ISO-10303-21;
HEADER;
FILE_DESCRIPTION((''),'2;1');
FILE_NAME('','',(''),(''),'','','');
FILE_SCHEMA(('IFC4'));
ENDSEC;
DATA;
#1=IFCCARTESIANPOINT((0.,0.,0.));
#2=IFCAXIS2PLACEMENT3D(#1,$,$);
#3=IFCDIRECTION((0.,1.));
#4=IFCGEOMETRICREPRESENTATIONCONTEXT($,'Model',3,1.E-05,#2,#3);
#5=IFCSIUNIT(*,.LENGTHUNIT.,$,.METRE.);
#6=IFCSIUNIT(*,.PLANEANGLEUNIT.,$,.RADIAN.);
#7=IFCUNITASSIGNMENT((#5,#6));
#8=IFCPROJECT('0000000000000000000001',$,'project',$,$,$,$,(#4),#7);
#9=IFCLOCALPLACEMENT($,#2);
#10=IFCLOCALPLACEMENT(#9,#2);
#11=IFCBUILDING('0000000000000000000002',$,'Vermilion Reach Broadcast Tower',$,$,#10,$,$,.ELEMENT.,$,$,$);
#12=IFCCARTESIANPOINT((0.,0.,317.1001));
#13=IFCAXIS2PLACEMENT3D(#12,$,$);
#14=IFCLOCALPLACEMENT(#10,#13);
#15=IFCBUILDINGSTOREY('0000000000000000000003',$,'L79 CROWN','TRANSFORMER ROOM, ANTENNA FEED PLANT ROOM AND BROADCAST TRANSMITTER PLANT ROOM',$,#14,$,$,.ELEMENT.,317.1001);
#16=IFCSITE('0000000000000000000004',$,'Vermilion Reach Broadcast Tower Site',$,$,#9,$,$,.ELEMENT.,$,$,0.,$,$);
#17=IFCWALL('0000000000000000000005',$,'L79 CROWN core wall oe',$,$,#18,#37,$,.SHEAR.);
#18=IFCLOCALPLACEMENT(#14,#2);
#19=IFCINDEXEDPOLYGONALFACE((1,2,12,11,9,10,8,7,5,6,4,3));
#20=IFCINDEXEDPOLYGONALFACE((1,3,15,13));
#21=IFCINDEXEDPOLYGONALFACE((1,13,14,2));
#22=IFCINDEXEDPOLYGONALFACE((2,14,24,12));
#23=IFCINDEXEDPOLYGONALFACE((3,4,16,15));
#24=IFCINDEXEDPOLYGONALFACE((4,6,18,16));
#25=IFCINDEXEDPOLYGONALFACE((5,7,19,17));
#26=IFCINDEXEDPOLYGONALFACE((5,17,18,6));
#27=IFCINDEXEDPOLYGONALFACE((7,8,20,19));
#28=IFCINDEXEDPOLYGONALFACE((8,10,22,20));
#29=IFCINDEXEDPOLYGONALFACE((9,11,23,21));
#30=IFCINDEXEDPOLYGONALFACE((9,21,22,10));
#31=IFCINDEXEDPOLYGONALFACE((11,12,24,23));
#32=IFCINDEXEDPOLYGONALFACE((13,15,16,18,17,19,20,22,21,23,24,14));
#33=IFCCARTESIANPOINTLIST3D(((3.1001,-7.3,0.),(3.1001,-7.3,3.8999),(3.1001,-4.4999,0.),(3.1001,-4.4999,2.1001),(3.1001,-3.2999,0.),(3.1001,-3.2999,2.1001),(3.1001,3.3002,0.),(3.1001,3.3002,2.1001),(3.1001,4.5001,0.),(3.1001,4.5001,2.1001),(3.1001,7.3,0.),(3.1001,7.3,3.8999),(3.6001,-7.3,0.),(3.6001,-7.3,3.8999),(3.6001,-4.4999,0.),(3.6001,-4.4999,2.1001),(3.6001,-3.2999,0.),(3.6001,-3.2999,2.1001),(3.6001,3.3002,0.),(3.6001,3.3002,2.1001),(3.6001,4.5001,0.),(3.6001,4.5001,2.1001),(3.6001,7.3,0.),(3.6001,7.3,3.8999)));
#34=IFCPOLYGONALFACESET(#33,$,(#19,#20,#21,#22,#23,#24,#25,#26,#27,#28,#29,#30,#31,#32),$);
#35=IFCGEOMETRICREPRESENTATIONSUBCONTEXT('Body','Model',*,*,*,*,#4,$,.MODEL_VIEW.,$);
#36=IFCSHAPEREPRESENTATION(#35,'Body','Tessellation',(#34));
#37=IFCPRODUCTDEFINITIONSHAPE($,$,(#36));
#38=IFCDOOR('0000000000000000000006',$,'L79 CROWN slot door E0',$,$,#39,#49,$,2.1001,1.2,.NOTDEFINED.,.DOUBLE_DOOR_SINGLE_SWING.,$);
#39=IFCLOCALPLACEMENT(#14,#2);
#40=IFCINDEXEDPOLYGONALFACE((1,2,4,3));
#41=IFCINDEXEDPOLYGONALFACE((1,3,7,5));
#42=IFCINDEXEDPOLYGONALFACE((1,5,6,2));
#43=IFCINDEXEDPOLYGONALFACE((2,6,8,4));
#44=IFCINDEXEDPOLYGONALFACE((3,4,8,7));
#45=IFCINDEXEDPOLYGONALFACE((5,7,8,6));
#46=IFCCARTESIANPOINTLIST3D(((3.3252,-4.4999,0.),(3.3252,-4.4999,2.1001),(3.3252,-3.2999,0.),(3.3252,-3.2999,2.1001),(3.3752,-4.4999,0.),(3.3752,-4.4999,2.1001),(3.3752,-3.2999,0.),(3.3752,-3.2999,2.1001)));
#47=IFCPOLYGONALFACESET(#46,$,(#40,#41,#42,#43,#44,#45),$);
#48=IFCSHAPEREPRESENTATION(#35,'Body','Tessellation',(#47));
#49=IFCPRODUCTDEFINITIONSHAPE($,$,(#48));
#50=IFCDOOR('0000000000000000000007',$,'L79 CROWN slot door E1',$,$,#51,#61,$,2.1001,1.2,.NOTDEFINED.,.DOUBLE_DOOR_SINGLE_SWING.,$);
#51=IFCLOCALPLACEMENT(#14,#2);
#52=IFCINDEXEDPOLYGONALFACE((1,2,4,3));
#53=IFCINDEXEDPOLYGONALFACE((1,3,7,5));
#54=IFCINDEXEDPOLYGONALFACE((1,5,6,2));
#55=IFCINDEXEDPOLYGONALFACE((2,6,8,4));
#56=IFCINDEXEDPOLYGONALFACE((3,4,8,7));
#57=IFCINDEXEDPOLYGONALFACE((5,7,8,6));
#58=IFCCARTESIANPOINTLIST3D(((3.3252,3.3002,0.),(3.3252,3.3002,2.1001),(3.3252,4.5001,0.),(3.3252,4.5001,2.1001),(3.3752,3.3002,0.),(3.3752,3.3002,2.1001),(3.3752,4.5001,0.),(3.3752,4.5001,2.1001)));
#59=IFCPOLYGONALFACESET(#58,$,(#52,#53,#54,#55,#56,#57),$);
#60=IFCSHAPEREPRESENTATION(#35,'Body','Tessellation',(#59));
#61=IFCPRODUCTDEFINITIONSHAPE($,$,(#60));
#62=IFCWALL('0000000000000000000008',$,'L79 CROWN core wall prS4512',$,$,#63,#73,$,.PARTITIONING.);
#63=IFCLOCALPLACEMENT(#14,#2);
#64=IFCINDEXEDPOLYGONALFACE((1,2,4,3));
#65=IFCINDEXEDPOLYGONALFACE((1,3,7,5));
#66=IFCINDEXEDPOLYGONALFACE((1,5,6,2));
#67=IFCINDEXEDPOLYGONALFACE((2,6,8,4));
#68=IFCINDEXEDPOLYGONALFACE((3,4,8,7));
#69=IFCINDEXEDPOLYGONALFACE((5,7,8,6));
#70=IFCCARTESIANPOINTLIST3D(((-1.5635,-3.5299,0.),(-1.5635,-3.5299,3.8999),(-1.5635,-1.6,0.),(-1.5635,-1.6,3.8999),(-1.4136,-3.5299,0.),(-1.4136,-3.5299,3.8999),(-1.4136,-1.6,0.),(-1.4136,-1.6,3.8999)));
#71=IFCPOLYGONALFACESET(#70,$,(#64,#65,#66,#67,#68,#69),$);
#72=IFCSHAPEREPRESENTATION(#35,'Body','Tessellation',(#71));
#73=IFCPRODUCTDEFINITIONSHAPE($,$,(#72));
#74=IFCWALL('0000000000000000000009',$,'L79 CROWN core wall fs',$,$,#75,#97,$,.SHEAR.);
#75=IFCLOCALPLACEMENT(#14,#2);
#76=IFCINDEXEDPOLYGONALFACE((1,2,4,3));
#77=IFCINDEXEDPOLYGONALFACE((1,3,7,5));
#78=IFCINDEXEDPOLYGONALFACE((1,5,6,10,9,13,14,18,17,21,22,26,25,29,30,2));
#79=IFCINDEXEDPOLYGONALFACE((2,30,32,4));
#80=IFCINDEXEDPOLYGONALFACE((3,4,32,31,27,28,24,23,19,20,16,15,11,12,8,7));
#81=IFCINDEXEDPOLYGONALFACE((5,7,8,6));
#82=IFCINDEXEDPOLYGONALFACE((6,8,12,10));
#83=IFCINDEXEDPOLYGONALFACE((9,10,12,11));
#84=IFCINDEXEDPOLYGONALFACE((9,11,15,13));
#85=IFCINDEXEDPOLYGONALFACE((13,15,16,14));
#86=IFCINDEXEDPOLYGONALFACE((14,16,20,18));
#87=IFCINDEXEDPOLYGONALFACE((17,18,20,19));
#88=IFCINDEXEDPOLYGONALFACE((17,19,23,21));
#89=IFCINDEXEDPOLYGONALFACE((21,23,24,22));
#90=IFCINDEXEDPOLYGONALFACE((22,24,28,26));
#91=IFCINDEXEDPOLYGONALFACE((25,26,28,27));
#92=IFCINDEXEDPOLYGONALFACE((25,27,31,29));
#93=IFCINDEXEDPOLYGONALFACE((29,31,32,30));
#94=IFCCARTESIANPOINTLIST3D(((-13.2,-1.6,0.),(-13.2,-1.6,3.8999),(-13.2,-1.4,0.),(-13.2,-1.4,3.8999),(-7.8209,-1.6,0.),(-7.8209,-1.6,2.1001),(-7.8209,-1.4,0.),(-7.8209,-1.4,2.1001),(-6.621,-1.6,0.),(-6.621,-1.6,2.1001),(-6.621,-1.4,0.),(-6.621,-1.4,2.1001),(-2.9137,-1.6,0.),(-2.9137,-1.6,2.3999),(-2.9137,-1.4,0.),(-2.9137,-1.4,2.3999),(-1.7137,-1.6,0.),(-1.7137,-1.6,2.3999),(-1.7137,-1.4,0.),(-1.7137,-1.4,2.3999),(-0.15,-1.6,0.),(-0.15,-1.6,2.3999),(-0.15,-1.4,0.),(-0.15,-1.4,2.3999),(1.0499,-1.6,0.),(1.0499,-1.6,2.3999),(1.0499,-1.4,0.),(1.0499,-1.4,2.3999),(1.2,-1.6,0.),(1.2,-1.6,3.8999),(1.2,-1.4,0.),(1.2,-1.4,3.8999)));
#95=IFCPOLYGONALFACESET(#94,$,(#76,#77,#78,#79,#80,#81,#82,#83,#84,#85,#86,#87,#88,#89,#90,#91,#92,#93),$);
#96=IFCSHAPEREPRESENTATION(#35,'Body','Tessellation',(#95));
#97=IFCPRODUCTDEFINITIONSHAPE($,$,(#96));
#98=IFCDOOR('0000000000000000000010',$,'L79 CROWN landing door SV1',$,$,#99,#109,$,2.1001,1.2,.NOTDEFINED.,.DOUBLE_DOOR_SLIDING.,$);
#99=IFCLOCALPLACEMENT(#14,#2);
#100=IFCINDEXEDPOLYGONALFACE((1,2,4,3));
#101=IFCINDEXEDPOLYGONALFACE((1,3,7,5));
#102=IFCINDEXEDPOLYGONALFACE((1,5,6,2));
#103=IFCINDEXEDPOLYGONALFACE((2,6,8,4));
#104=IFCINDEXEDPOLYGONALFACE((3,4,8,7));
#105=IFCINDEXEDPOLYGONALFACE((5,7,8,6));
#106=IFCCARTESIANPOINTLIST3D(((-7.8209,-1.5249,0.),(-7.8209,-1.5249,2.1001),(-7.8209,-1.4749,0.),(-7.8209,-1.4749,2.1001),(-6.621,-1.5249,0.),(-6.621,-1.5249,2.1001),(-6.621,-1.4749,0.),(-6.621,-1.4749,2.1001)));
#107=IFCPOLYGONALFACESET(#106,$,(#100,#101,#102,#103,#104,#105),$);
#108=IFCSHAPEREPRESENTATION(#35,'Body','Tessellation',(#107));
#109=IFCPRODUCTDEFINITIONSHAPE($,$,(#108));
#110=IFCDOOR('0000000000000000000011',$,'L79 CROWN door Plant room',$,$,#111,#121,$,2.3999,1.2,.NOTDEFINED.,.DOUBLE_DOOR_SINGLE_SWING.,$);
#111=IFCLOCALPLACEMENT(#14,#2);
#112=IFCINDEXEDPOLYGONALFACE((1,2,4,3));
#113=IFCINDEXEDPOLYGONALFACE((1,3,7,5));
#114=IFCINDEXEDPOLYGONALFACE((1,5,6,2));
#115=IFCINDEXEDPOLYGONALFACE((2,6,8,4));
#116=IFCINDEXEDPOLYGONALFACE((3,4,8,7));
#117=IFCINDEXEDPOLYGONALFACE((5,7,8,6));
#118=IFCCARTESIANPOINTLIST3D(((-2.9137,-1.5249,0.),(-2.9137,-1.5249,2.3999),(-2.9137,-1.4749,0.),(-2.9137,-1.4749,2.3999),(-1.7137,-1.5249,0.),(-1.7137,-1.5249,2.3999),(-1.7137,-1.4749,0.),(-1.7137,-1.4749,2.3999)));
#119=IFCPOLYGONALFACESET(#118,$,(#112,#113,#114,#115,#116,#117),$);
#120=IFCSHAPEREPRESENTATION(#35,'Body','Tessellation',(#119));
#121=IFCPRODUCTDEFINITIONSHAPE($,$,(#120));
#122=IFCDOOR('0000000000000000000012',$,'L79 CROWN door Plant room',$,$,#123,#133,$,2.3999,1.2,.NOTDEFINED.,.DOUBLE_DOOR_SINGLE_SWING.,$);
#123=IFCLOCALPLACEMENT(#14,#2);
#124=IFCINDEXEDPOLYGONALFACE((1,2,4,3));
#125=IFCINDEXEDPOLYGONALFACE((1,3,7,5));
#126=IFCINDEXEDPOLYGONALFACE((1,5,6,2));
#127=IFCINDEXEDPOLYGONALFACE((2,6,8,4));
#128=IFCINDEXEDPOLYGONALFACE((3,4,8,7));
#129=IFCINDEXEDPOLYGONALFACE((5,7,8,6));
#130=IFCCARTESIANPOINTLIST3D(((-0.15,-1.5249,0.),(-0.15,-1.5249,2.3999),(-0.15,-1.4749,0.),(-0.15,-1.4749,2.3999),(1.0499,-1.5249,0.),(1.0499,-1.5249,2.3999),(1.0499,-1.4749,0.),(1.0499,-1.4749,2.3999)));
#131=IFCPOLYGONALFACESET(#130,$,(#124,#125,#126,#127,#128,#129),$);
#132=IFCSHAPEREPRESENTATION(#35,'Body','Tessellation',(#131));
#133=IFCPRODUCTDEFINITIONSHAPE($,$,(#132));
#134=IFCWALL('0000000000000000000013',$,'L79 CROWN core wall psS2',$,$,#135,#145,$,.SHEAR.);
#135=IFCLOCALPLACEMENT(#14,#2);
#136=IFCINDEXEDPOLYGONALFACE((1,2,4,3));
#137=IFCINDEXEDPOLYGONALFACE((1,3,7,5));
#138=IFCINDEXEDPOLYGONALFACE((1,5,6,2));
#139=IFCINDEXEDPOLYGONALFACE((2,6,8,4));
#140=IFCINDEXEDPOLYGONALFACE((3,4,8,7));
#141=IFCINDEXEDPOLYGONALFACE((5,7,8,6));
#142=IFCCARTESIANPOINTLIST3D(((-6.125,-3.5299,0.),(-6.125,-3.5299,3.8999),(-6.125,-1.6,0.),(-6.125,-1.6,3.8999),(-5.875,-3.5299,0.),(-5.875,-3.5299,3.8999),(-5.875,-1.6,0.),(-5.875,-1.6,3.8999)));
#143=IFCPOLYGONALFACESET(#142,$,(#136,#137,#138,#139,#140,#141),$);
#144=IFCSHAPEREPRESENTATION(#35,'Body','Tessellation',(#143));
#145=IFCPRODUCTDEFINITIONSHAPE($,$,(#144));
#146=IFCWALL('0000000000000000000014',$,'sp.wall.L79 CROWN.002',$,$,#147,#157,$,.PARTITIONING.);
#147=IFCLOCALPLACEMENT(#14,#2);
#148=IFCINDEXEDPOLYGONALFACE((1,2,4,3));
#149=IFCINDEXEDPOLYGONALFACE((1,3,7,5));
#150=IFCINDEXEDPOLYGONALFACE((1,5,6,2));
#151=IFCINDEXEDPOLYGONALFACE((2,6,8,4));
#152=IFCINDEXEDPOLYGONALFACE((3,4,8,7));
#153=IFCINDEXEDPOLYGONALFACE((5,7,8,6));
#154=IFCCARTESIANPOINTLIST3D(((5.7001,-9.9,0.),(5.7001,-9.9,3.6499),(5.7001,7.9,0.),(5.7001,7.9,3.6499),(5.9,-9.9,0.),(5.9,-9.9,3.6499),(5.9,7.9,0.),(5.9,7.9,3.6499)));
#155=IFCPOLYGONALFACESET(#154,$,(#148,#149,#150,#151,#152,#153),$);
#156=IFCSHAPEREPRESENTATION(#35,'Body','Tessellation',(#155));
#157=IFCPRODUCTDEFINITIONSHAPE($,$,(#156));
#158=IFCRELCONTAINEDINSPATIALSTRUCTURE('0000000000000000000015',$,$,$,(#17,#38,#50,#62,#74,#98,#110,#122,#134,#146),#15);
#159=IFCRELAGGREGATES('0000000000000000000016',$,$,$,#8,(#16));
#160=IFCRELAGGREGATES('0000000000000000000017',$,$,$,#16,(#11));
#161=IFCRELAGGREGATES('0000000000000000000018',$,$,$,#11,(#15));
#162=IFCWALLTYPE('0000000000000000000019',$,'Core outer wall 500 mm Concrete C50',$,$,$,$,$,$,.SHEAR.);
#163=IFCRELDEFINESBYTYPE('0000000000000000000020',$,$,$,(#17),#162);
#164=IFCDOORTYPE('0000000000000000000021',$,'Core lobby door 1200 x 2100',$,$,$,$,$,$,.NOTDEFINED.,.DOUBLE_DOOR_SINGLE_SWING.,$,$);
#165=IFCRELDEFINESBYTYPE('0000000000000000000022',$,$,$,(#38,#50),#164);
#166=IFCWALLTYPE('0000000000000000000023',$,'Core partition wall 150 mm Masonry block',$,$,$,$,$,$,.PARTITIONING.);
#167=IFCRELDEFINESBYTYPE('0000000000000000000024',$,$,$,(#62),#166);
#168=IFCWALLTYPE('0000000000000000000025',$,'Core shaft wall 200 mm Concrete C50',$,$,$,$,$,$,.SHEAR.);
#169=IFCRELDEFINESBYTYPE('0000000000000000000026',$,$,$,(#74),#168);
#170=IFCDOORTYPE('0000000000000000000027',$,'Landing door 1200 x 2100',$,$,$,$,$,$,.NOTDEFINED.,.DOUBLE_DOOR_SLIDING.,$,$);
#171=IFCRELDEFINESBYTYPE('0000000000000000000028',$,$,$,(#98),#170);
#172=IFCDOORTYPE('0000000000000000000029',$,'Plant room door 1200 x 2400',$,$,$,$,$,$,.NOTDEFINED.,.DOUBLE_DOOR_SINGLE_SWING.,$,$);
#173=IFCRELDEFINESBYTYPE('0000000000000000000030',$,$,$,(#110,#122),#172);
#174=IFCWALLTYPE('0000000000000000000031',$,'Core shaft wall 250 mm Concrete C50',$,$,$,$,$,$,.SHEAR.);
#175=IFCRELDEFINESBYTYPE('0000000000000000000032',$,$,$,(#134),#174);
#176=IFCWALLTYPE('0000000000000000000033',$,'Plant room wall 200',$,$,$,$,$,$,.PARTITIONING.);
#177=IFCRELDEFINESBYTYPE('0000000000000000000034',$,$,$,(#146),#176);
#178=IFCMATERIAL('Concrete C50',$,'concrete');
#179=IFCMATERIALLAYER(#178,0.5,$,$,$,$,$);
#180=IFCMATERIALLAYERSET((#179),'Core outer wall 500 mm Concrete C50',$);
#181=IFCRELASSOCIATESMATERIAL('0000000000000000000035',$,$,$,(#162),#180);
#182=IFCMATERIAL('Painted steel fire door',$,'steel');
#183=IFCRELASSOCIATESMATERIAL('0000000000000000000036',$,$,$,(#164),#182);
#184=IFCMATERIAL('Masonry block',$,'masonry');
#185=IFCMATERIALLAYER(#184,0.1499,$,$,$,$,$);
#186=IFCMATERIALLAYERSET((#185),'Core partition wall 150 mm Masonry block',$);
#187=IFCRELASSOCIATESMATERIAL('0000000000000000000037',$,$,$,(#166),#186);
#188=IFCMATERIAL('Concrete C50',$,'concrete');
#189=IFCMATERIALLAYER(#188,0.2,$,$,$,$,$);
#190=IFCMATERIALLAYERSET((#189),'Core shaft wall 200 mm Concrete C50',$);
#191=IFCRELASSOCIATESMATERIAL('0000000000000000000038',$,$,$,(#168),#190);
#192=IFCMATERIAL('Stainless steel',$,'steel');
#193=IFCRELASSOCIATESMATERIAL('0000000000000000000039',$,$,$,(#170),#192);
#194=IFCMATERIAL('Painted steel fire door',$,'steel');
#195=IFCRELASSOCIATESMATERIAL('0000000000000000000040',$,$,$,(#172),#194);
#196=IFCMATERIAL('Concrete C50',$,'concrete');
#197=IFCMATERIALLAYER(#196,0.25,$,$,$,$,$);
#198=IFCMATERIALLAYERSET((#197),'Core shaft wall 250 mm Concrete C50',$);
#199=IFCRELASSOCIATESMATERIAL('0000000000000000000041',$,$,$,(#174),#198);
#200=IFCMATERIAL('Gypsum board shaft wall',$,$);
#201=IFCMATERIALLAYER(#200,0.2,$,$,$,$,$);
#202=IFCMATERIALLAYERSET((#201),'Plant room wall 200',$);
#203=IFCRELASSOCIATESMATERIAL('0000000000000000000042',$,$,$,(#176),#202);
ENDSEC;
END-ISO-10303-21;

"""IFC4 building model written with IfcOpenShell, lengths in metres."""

from ifc_helpers import new_model, si_unit, direction, frame, frame_2d, origin, place, context, subcontext, project, spatial, rectangle, extrude, material, layer, layer_set, type_object, element, fill, save


model = new_model("IFC4")

# Units and contexts
model_context = context("Model", 3, precision=1e-05, world=origin(), true_north=direction((0.0, 1.0)))
body_context = subcontext(model_context, "Body", "Model", "MODEL_VIEW")
ifc_project = project(units=[si_unit("LENGTHUNIT", "METRE"), si_unit("PLANEANGLEUNIT", "RADIAN")], contexts=[model_context])

# Site, building, storey
site_placement = place(None, origin())
site = spatial("IfcSite", under=ifc_project, at=site_placement, Name="Vermilion Reach Broadcast Tower Site", CompositionType="ELEMENT", RefElevation=0.0)
building_placement = place(site_placement, origin())
building = spatial("IfcBuilding", under=site, at=building_placement, Name="Vermilion Reach Broadcast Tower", CompositionType="ELEMENT")
storey_placement = place(building_placement, frame((0.0, 0.0, 317.1001)))
storey = spatial("IfcBuildingStorey", under=building, at=storey_placement, Name="L79 CROWN", Description="TRANSFORMER ROOM, ANTENNA FEED PLANT ROOM AND BROADCAST TRANSMITTER PLANT ROOM", CompositionType="ELEMENT", Elevation=317.1001)

# Wall, openings, doors
ifc_material_1 = material(Name="Concrete C50", Category="concrete")
ifc_layer_1 = layer(ifc_material_1, 0.5)
ifc_layer_set_1 = layer_set([ifc_layer_1], Name="Core outer wall 500 mm Concrete C50")
wall_type_1 = type_object("IfcWallType", Name="Core outer wall 500 mm Concrete C50", PredefinedType="SHEAR", material=ifc_layer_set_1)
wall_1_placement = place(storey_placement, frame((3.3501, -7.3, 0.0), z_axis=(0.0, 0.0, 1.0), x_axis=(0.0, 1.0, 0.0)))
wall_1 = element("IfcWall", 1, at=wall_1_placement, inside=storey, type_object=wall_type_1, Name="L79 CROWN core wall oe", PredefinedType="SHEAR", context=body_context, shape_type="SweptSolid", body=[
    extrude(rectangle(XDim=14.6001, YDim=0.5, at=frame_2d((7.3, 0.0))), origin(), (0.0, 0.0, 1.0), 3.8999),
])
opening_1_placement = place(wall_1_placement, frame((2.8, 0.0, 0.0)))
opening_1 = element("IfcOpeningElement", 2, at=opening_1_placement, cuts=wall_1, PredefinedType="OPENING", context=body_context, shape_type="SweptSolid", body=[
    extrude(rectangle(XDim=1.2, YDim=2.1001, at=frame_2d((0.6001, 1.05))), frame((0.0, 0.26, 0.0), z_axis=(0.0, -1.0, 0.0), x_axis=(1.0, 0.0, 0.0)), (0.0, 0.0, 1.0), 0.52),
])
opening_2_placement = place(wall_1_placement, frame((10.6001, 0.0, 0.0)))
opening_2 = element("IfcOpeningElement", 3, at=opening_2_placement, cuts=wall_1, PredefinedType="OPENING", context=body_context, shape_type="SweptSolid", body=[
    extrude(rectangle(XDim=1.2, YDim=2.1001, at=frame_2d((0.6001, 1.05))), frame((0.0, 0.26, 0.0), z_axis=(0.0, -1.0, 0.0), x_axis=(1.0, 0.0, 0.0)), (0.0, 0.0, 1.0), 0.52),
])
ifc_material_2 = material(Name="Painted steel fire door", Category="steel")
door_type_1 = type_object("IfcDoorType", Name="Core lobby door 1200 x 2100", OperationType="DOUBLE_DOOR_SINGLE_SWING", PredefinedType="NOTDEFINED", material=ifc_material_2)
door_1_placement = place(opening_1_placement, origin())
door_1 = element("IfcDoor", 4, at=door_1_placement, inside=storey, type_object=door_type_1, Name="L79 CROWN slot door E0", OperationType="DOUBLE_DOOR_SINGLE_SWING", OverallHeight=2.1001, OverallWidth=1.2, PredefinedType="NOTDEFINED", context=body_context, shape_type="SweptSolid", body=[
    extrude(rectangle(XDim=1.2, YDim=2.1001, at=frame_2d((0.6001, 1.05))), frame((0.0, 0.0249, 0.0), z_axis=(0.0, -1.0, 0.0), x_axis=(1.0, 0.0, 0.0)), (0.0, 0.0, 1.0), 0.05),
])
fill(opening_1, door_1)
door_2_placement = place(opening_2_placement, origin())
door_2 = element("IfcDoor", 5, at=door_2_placement, inside=storey, type_object=door_type_1, Name="L79 CROWN slot door E1", OperationType="DOUBLE_DOOR_SINGLE_SWING", OverallHeight=2.1001, OverallWidth=1.2, PredefinedType="NOTDEFINED", context=body_context, shape_type="SweptSolid", body=[
    extrude(rectangle(XDim=1.2, YDim=2.1001, at=frame_2d((0.6001, 1.05))), frame((0.0, 0.0249, 0.0), z_axis=(0.0, -1.0, 0.0), x_axis=(1.0, 0.0, 0.0)), (0.0, 0.0, 1.0), 0.05),
])
fill(opening_2, door_2)

# Wall
ifc_material_3 = material(Name="Masonry block", Category="masonry")
ifc_layer_2 = layer(ifc_material_3, 0.1499)
ifc_layer_set_2 = layer_set([ifc_layer_2], Name="Core partition wall 150 mm Masonry block")
wall_type_2 = type_object("IfcWallType", Name="Core partition wall 150 mm Masonry block", PredefinedType="PARTITIONING", material=ifc_layer_set_2)
wall_2_placement = place(storey_placement, frame((-1.4885, -1.6001, 0.0), z_axis=(0.0, 0.0, 1.0), x_axis=(0.0, -1.0, 0.0)))
element("IfcWall", 6, at=wall_2_placement, inside=storey, type_object=wall_type_2, Name="L79 CROWN core wall prS4512", PredefinedType="PARTITIONING", context=body_context, shape_type="SweptSolid", body=[
    extrude(rectangle(XDim=1.9299, YDim=0.1499, at=frame_2d((0.9648, 0.0))), origin(), (0.0, 0.0, 1.0), 3.8999),
])

# Wall, openings, doors
ifc_material_4 = material(Name="Concrete C50", Category="concrete")
ifc_layer_3 = layer(ifc_material_4, 0.2)
ifc_layer_set_3 = layer_set([ifc_layer_3], Name="Core shaft wall 200 mm Concrete C50")
wall_type_3 = type_object("IfcWallType", Name="Core shaft wall 200 mm Concrete C50", PredefinedType="SHEAR", material=ifc_layer_set_3)
wall_3_placement = place(storey_placement, frame((1.2, -1.5, 0.0), z_axis=(0.0, 0.0, 1.0), x_axis=(-1.0, 0.0, 0.0)))
wall_3 = element("IfcWall", 7, at=wall_3_placement, inside=storey, type_object=wall_type_3, Name="L79 CROWN core wall fs", PredefinedType="SHEAR", context=body_context, shape_type="SweptSolid", body=[
    extrude(rectangle(XDim=14.3999, YDim=0.2, at=frame_2d((7.2, 0.0))), origin(), (0.0, 0.0, 1.0), 3.8999),
])
opening_3_placement = place(wall_3_placement, frame((7.8208, 0.0, 0.0)))
opening_3 = element("IfcOpeningElement", 8, at=opening_3_placement, cuts=wall_3, PredefinedType="OPENING", context=body_context, shape_type="SweptSolid", body=[
    extrude(rectangle(XDim=1.2, YDim=2.1001, at=frame_2d((0.6001, 1.05))), frame((0.0, 0.1099, 0.0), z_axis=(0.0, -1.0, 0.0), x_axis=(1.0, 0.0, 0.0)), (0.0, 0.0, 1.0), 0.22),
])
opening_4_placement = place(wall_3_placement, frame((2.9136, 0.0, 0.0)))
opening_4 = element("IfcOpeningElement", 9, at=opening_4_placement, cuts=wall_3, PredefinedType="OPENING", context=body_context, shape_type="SweptSolid", body=[
    extrude(rectangle(XDim=1.2, YDim=2.3999, at=frame_2d((0.6001, 1.2))), frame((0.0, 0.1099, 0.0), z_axis=(0.0, -1.0, 0.0), x_axis=(1.0, 0.0, 0.0)), (0.0, 0.0, 1.0), 0.22),
])
opening_5_placement = place(wall_3_placement, frame((0.1499, 0.0, 0.0)))
opening_5 = element("IfcOpeningElement", 10, at=opening_5_placement, cuts=wall_3, PredefinedType="OPENING", context=body_context, shape_type="SweptSolid", body=[
    extrude(rectangle(XDim=1.2, YDim=2.3999, at=frame_2d((0.6001, 1.2))), frame((0.0, 0.1099, 0.0), z_axis=(0.0, -1.0, 0.0), x_axis=(1.0, 0.0, 0.0)), (0.0, 0.0, 1.0), 0.22),
])
ifc_material_5 = material(Name="Stainless steel", Category="steel")
door_type_2 = type_object("IfcDoorType", Name="Landing door 1200 x 2100", OperationType="DOUBLE_DOOR_SLIDING", PredefinedType="NOTDEFINED", material=ifc_material_5)
door_3_placement = place(opening_3_placement, origin())
door_3 = element("IfcDoor", 11, at=door_3_placement, inside=storey, type_object=door_type_2, Name="L79 CROWN landing door SV1", OperationType="DOUBLE_DOOR_SLIDING", OverallHeight=2.1001, OverallWidth=1.2, PredefinedType="NOTDEFINED", context=body_context, shape_type="SweptSolid", body=[
    extrude(rectangle(XDim=1.2, YDim=2.1001, at=frame_2d((0.6001, 1.05))), frame((0.0, 0.0249, 0.0), z_axis=(0.0, -1.0, 0.0), x_axis=(1.0, 0.0, 0.0)), (0.0, 0.0, 1.0), 0.05),
])
fill(opening_3, door_3)
ifc_material_6 = material(Name="Painted steel fire door", Category="steel")
door_type_3 = type_object("IfcDoorType", Name="Plant room door 1200 x 2400", OperationType="DOUBLE_DOOR_SINGLE_SWING", PredefinedType="NOTDEFINED", material=ifc_material_6)
door_4_placement = place(opening_4_placement, origin())
door_4 = element("IfcDoor", 12, at=door_4_placement, inside=storey, type_object=door_type_3, Name="L79 CROWN door Plant room", OperationType="DOUBLE_DOOR_SINGLE_SWING", OverallHeight=2.3999, OverallWidth=1.2, PredefinedType="NOTDEFINED", context=body_context, shape_type="SweptSolid", body=[
    extrude(rectangle(XDim=1.2, YDim=2.3999, at=frame_2d((0.6001, 1.2))), frame((0.0, 0.0249, 0.0), z_axis=(0.0, -1.0, 0.0), x_axis=(1.0, 0.0, 0.0)), (0.0, 0.0, 1.0), 0.05),
])
fill(opening_4, door_4)
door_5_placement = place(opening_5_placement, origin())
door_5 = element("IfcDoor", 13, at=door_5_placement, inside=storey, type_object=door_type_3, Name="L79 CROWN door Plant room", OperationType="DOUBLE_DOOR_SINGLE_SWING", OverallHeight=2.3999, OverallWidth=1.2, PredefinedType="NOTDEFINED", context=body_context, shape_type="SweptSolid", body=[
    extrude(rectangle(XDim=1.2, YDim=2.3999, at=frame_2d((0.6001, 1.2))), frame((0.0, 0.0249, 0.0), z_axis=(0.0, -1.0, 0.0), x_axis=(1.0, 0.0, 0.0)), (0.0, 0.0, 1.0), 0.05),
])
fill(opening_5, door_5)

# Walls
ifc_material_7 = material(Name="Concrete C50", Category="concrete")
ifc_layer_4 = layer(ifc_material_7, 0.25)
ifc_layer_set_4 = layer_set([ifc_layer_4], Name="Core shaft wall 250 mm Concrete C50")
wall_type_4 = type_object("IfcWallType", Name="Core shaft wall 250 mm Concrete C50", PredefinedType="SHEAR", material=ifc_layer_set_4)
wall_4_placement = place(storey_placement, frame((-6.0, -1.6001, 0.0), z_axis=(0.0, 0.0, 1.0), x_axis=(0.0, -1.0, 0.0)))
element("IfcWall", 14, at=wall_4_placement, inside=storey, type_object=wall_type_4, Name="L79 CROWN core wall psS2", PredefinedType="SHEAR", context=body_context, shape_type="SweptSolid", body=[
    extrude(rectangle(XDim=1.9299, YDim=0.25, at=frame_2d((0.9648, 0.0))), origin(), (0.0, 0.0, 1.0), 3.8999),
])
ifc_material_8 = material(Name="Gypsum board shaft wall")
ifc_layer_5 = layer(ifc_material_8, 0.2)
ifc_layer_set_5 = layer_set([ifc_layer_5], Name="Plant room wall 200")
wall_type_5 = type_object("IfcWallType", Name="Plant room wall 200", PredefinedType="PARTITIONING", material=ifc_layer_set_5)
wall_5_placement = place(storey_placement, frame((5.8, -9.8999, 0.0), z_axis=(0.0, 0.0, 1.0), x_axis=(0.0, 1.0, 0.0)))
element("IfcWall", 15, at=wall_5_placement, inside=storey, type_object=wall_type_5, Name="sp.wall.L79 CROWN.002", PredefinedType="PARTITIONING", context=body_context, shape_type="SweptSolid", body=[
    extrude(rectangle(XDim=17.8, YDim=0.2, at=frame_2d((8.8999, 0.0))), origin(), (0.0, 0.0, 1.0), 3.6499),
])

save(model, "model.ifc")
